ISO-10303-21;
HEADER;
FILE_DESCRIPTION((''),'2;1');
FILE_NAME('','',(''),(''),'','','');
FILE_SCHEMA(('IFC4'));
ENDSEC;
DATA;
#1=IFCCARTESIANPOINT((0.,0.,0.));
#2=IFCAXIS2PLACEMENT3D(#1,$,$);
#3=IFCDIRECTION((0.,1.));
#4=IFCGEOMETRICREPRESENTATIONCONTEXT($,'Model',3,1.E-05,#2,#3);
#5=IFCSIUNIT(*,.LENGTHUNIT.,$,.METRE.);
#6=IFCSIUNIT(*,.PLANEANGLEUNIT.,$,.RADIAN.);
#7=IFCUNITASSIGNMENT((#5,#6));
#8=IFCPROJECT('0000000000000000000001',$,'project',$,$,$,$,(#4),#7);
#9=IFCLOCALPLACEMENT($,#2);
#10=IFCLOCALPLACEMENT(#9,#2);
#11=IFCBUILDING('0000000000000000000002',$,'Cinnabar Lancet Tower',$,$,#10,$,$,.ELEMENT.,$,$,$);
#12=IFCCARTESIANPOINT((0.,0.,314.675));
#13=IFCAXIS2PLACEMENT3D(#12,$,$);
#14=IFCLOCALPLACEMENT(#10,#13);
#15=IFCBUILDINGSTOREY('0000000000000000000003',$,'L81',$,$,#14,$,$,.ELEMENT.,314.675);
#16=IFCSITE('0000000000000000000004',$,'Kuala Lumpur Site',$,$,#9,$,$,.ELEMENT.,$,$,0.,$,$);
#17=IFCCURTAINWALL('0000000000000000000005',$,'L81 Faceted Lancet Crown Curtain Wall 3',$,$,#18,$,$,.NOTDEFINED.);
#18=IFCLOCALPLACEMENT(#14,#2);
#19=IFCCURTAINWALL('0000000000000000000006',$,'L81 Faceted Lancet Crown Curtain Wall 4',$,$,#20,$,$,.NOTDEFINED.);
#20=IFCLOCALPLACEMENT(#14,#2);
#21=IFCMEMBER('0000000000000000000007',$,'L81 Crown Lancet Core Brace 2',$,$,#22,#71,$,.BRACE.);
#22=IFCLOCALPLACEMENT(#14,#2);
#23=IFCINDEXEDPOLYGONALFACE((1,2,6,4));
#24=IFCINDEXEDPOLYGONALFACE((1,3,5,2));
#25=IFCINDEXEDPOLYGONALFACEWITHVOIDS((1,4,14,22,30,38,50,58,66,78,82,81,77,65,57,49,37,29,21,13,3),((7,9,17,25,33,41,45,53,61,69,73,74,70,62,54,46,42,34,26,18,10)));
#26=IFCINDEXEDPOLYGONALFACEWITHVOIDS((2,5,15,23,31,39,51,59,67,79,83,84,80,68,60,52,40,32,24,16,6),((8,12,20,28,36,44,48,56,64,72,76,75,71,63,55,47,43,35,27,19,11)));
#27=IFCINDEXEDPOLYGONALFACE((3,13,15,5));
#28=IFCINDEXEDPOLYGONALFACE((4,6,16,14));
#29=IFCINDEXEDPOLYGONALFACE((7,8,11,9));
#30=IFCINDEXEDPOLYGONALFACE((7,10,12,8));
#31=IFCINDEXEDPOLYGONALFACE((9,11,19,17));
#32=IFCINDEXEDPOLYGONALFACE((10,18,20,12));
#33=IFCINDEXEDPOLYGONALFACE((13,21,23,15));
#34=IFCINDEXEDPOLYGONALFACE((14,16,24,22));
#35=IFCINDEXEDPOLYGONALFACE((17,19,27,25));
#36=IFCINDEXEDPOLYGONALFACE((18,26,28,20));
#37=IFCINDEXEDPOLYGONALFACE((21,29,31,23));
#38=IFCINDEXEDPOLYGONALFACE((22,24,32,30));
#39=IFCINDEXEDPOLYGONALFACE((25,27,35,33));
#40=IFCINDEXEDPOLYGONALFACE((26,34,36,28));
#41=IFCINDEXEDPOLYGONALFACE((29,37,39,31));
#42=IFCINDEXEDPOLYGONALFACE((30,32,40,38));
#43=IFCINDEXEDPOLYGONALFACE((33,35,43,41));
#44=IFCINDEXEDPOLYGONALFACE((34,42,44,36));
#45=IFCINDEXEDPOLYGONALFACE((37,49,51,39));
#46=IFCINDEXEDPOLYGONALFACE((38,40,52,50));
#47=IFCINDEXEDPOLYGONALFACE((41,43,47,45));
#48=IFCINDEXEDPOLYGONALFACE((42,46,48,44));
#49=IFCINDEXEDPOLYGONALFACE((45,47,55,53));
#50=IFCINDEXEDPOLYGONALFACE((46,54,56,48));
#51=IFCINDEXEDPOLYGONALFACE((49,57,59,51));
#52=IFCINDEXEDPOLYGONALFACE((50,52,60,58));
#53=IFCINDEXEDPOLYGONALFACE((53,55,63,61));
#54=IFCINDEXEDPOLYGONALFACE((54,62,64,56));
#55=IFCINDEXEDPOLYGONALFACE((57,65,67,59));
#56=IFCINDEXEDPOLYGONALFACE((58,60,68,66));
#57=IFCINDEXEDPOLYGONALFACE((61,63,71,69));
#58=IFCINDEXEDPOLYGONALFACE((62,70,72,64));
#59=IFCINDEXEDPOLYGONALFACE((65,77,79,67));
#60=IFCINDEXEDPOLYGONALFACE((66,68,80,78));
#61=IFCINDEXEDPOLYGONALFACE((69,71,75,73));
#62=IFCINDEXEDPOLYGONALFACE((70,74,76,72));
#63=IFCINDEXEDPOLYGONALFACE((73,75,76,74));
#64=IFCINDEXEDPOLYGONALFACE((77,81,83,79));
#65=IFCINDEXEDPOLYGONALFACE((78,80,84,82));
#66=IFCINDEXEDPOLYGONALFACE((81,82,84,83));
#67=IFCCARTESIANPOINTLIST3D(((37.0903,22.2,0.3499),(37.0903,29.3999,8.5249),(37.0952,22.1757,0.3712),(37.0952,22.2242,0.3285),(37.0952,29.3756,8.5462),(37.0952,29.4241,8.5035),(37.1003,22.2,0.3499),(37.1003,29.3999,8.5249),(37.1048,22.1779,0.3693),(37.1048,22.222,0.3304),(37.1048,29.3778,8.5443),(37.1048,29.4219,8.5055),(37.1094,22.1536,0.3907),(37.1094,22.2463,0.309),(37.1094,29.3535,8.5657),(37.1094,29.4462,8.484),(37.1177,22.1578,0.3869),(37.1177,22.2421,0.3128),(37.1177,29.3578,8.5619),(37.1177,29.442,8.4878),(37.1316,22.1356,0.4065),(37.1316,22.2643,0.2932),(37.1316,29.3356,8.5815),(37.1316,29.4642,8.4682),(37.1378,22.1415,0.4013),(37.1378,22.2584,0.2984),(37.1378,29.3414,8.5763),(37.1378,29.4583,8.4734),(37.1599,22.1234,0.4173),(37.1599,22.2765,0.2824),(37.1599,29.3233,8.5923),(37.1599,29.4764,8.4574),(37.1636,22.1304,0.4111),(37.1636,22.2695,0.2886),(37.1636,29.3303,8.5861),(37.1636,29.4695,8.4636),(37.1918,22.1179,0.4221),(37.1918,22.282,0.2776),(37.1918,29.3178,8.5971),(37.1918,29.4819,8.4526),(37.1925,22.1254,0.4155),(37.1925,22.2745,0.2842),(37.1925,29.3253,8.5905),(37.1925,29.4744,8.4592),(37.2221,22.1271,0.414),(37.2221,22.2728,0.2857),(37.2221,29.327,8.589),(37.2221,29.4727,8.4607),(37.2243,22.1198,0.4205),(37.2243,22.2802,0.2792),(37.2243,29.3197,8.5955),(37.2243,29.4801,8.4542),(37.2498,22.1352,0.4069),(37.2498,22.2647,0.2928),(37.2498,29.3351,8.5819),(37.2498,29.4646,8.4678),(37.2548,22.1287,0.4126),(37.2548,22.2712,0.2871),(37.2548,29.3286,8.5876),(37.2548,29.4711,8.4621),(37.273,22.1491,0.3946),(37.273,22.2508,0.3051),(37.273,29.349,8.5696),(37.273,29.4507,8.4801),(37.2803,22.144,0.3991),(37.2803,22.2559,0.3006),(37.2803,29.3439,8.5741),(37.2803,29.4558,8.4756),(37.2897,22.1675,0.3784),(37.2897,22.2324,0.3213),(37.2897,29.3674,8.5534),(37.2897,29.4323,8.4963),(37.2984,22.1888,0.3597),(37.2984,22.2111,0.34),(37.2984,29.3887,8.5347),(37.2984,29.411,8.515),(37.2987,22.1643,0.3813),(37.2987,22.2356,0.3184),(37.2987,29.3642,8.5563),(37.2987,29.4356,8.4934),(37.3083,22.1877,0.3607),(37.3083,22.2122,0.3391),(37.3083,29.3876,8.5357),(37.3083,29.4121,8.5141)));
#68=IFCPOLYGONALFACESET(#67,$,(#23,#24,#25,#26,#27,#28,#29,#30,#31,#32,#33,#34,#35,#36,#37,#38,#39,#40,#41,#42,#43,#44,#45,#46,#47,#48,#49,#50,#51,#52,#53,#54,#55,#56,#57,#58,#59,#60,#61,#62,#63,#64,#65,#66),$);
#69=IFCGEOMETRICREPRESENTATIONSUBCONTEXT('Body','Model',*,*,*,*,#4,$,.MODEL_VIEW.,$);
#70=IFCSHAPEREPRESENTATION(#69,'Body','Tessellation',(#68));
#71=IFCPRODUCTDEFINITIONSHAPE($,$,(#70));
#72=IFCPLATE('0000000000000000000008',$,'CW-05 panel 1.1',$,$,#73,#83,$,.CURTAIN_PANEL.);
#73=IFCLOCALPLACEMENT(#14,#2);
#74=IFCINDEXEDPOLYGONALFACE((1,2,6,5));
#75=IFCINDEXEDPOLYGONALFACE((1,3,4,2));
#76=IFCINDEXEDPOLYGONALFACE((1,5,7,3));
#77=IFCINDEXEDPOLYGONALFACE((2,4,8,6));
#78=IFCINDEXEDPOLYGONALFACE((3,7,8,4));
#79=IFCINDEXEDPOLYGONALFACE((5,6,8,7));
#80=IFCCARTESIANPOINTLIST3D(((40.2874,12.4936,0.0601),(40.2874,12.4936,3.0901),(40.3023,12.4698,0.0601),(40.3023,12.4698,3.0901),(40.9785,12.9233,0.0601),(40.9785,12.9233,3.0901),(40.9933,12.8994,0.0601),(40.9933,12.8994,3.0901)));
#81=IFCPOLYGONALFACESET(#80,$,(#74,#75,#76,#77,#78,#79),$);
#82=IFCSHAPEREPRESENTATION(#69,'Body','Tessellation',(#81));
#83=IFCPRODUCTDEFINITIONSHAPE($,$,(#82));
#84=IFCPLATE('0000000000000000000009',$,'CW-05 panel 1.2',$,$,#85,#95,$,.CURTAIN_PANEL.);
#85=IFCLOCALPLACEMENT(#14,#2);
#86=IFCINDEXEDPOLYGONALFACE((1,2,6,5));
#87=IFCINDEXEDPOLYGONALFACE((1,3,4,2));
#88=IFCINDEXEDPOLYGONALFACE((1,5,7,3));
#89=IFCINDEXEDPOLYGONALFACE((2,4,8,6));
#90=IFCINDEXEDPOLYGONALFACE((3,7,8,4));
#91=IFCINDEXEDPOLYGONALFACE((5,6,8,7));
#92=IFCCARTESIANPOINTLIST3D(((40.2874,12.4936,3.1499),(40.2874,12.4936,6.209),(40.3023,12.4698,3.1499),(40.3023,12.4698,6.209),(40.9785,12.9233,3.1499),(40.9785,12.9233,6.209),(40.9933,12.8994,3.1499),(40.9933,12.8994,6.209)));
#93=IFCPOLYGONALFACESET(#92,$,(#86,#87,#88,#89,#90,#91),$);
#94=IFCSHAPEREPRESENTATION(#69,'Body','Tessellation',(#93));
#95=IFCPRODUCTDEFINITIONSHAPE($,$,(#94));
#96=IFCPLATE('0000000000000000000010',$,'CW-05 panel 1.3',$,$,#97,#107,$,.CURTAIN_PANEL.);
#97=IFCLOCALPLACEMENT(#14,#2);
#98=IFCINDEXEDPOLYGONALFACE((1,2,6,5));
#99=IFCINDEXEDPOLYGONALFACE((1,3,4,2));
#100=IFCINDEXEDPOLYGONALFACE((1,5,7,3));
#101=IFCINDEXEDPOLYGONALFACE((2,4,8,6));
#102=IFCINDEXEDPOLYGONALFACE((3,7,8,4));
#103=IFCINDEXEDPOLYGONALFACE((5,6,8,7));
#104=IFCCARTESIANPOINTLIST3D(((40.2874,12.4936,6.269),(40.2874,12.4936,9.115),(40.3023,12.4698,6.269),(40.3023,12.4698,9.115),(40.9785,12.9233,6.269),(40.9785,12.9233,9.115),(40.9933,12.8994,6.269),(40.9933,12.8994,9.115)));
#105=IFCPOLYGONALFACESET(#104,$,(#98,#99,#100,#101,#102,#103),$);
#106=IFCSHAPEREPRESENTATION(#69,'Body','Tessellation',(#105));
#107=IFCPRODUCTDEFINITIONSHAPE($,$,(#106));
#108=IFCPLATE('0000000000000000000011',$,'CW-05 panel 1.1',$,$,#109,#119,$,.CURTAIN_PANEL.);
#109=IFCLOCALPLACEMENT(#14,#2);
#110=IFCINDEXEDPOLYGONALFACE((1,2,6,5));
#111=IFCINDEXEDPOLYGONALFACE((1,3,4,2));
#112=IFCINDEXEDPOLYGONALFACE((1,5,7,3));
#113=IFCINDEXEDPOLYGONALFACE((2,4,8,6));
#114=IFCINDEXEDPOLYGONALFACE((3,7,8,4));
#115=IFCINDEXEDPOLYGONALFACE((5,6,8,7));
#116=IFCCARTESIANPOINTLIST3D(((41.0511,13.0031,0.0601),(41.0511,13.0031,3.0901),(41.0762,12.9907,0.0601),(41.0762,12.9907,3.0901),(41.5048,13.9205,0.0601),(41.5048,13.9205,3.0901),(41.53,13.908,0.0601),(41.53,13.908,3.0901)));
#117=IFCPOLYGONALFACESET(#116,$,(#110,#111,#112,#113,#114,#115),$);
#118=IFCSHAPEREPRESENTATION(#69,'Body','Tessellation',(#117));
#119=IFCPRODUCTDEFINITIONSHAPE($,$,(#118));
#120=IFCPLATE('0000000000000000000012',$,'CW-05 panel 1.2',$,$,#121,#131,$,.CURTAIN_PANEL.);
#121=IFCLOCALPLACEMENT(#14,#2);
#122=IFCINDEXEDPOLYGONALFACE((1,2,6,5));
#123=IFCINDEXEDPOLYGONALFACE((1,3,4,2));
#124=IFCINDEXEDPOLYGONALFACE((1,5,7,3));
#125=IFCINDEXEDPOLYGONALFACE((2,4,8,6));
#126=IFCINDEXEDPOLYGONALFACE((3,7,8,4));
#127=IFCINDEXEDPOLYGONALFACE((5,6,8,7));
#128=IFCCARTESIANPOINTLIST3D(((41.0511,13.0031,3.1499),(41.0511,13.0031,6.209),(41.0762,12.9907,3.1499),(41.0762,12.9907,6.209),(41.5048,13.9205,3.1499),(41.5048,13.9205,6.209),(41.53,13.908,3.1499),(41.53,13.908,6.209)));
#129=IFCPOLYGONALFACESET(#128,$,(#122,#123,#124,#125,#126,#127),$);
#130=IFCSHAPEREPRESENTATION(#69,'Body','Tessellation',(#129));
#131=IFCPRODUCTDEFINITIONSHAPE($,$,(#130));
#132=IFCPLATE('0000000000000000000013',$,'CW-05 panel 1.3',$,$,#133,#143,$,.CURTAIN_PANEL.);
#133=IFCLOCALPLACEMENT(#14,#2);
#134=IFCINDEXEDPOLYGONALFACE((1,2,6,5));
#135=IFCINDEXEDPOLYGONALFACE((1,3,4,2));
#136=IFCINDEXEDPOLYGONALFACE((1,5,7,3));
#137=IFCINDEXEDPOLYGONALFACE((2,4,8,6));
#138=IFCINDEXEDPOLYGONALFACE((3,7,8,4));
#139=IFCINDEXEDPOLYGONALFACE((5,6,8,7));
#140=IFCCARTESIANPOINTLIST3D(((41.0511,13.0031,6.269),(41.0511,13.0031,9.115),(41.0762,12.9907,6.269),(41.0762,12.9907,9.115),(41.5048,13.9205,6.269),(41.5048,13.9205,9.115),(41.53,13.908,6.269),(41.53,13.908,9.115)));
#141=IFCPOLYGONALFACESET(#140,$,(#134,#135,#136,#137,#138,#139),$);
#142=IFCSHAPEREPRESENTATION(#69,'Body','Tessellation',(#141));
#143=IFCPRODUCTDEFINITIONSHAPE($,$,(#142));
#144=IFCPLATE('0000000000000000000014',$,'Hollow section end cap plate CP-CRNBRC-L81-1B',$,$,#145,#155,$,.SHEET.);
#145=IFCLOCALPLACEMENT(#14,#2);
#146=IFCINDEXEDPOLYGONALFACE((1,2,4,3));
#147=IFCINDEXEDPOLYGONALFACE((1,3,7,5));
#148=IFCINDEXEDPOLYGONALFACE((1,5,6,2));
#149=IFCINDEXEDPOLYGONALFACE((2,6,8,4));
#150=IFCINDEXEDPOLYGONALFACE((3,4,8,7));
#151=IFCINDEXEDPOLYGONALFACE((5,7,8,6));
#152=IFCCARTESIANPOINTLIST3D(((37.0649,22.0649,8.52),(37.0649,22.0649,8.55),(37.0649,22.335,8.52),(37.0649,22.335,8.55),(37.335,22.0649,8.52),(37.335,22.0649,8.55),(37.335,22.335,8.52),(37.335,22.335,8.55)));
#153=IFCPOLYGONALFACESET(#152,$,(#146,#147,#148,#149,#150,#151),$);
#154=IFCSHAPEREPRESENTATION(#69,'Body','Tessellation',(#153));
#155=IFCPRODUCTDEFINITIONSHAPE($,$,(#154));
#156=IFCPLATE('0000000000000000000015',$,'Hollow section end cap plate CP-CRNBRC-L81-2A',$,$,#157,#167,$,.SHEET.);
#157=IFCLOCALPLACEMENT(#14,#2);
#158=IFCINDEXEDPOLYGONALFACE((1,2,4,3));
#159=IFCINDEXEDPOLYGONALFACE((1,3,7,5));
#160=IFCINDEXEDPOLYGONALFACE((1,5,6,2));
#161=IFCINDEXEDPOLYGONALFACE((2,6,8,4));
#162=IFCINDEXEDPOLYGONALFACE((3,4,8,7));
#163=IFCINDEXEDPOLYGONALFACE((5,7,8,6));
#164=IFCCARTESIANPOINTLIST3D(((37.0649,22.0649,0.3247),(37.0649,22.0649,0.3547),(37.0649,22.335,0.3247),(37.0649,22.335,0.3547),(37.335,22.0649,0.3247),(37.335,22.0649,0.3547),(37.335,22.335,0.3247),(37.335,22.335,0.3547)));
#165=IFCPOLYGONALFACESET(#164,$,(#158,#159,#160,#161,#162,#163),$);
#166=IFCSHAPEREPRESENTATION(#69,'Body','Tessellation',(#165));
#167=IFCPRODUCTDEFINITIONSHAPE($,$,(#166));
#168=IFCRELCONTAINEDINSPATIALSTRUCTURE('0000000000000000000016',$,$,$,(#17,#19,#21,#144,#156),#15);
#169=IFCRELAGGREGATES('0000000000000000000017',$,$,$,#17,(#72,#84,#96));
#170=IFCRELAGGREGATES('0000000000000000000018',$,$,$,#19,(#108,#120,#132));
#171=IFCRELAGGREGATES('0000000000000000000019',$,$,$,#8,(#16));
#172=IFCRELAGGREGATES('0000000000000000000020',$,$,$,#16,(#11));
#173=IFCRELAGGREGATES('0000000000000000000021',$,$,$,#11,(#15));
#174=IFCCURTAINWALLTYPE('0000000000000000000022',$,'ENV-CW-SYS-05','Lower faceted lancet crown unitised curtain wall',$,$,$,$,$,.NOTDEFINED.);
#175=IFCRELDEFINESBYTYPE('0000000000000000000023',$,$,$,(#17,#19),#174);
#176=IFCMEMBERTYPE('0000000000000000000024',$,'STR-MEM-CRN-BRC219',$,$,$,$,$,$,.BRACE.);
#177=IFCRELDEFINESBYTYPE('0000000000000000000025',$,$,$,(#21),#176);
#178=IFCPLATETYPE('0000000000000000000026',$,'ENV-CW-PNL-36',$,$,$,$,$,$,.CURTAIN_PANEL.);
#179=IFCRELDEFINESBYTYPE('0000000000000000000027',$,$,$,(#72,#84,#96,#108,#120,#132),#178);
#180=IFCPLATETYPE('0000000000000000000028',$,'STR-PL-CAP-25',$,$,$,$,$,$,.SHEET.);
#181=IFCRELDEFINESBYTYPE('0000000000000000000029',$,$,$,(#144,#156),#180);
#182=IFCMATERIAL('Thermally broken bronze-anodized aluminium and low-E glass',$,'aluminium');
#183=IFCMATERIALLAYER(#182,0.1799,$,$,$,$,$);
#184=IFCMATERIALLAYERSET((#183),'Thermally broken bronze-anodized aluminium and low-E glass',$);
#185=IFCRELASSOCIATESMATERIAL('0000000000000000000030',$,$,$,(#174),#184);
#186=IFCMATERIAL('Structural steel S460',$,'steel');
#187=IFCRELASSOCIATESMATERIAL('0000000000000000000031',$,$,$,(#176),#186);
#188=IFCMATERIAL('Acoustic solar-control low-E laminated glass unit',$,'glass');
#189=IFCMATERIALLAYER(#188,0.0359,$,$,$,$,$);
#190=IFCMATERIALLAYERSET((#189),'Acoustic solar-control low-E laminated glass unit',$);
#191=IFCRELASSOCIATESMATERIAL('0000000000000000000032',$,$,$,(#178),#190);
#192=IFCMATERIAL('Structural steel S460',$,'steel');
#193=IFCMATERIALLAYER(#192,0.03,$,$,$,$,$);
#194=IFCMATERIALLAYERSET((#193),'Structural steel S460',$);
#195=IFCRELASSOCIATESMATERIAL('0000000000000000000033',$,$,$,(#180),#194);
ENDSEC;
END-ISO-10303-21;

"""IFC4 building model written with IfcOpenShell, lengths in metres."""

from ifc_helpers import new_model, si_unit, direction, frame, origin, origin_2d, place, context, subcontext, project, spatial, rectangle, hollow_circle, extrude, material, layer, layer_set, material_profile, profile_set, type_object, element, aggregate, save


model = new_model("IFC4")

# Units and contexts
model_context = context("Model", 3, precision=1e-05, world=origin(), true_north=direction((0.0, 1.0)))
body_context = subcontext(model_context, "Body", "Model", "MODEL_VIEW")
ifc_project = project(units=[si_unit("LENGTHUNIT", "METRE"), si_unit("PLANEANGLEUNIT", "RADIAN")], contexts=[model_context])

# Site, building, storey
site_placement = place(None, origin())
site = spatial("IfcSite", under=ifc_project, at=site_placement, Name="Kuala Lumpur Site", CompositionType="ELEMENT", RefElevation=0.0)
building_placement = place(site_placement, origin())
building = spatial("IfcBuilding", under=site, at=building_placement, Name="Cinnabar Lancet Tower", CompositionType="ELEMENT")
storey_placement = place(building_placement, frame((0.0, 0.0, 314.675)))
storey = spatial("IfcBuildingStorey", under=building, at=storey_placement, Name="L81", CompositionType="ELEMENT", Elevation=314.675)

# Curtain walls
ifc_material_1 = material(Name="Thermally broken bronze-anodized aluminium and low-E glass", Category="aluminium")
ifc_layer_1 = layer(ifc_material_1, 0.1799)
ifc_layer_set_1 = layer_set([ifc_layer_1], Name="Thermally broken bronze-anodized aluminium and low-E glass")
curtain_wall_type = type_object("IfcCurtainWallType", Name="ENV-CW-SYS-05", Description="Lower faceted lancet crown unitised curtain wall", PredefinedType="NOTDEFINED", material=ifc_layer_set_1)
curtain_wall_1_placement = place(storey_placement, origin())
curtain_wall_1 = element("IfcCurtainWall", 1, at=curtain_wall_1_placement, inside=storey, type_object=curtain_wall_type, Name="L81 Faceted Lancet Crown Curtain Wall 3", PredefinedType="NOTDEFINED")
curtain_wall_2_placement = place(storey_placement, origin())
curtain_wall_2 = element("IfcCurtainWall", 2, at=curtain_wall_2_placement, inside=storey, type_object=curtain_wall_type, Name="L81 Faceted Lancet Crown Curtain Wall 4", PredefinedType="NOTDEFINED")

# Member
ifc_material_2 = material(Name="Structural steel S460", Category="steel")
ifc_material_profile_1 = material_profile(ifc_material_2, hollow_circle(Radius=0.1096, WallThickness=0.01, at=origin_2d()), Name="CHS 219.1x10")
ifc_profile_set_1 = profile_set([ifc_material_profile_1], Name="Structural steel S460")
member_type_1 = type_object("IfcMemberType", Name="STR-MEM-CRN-BRC219", PredefinedType="BRACE", material=ifc_profile_set_1)
member_1_placement = place(storey_placement, frame((37.2, 22.2, 0.3499), z_axis=(0.0, 0.660933, 0.750444), x_axis=(-1.0, 0.0, 0.0)))
element("IfcMember", 3, at=member_1_placement, inside=storey, type_object=member_type_1, Name="L81 Crown Lancet Core Brace 2", PredefinedType="BRACE", context=body_context, shape_type="SweptSolid", body=[
    extrude(hollow_circle(Radius=0.1096, WallThickness=0.01, at=origin_2d()), origin(), (0.0, 0.0, 1.0), 10.8936),
])

# Plates
ifc_material_3 = material(Name="Acoustic solar-control low-E laminated glass unit", Category="glass")
ifc_layer_2 = layer(ifc_material_3, 0.0359)
ifc_layer_set_2 = layer_set([ifc_layer_2], Name="Acoustic solar-control low-E laminated glass unit")
plate_type_1 = type_object("IfcPlateType", Name="ENV-CW-PNL-36", PredefinedType="CURTAIN_PANEL", material=ifc_layer_set_2)
plate_1_placement = place(storey_placement, frame((40.6404, 12.6965, 0.0601), z_axis=(0.0, 0.0, 1.0), x_axis=(0.849259, 0.527976, 0.0)))
plate_1 = element("IfcPlate", 4, at=plate_1_placement, type_object=plate_type_1, Name="CW-05 panel 1.1", PredefinedType="CURTAIN_PANEL", context=body_context, shape_type="SweptSolid", body=[
    extrude(rectangle(XDim=0.8137, YDim=0.0281, at=origin_2d()), origin(), (0.0, 0.0, 1.0), 3.03),
])
plate_2_placement = place(storey_placement, frame((40.6404, 12.6965, 3.1499), z_axis=(0.0, 0.0, 1.0), x_axis=(0.849259, 0.527976, 0.0)))
plate_2 = element("IfcPlate", 5, at=plate_2_placement, type_object=plate_type_1, Name="CW-05 panel 1.2", PredefinedType="CURTAIN_PANEL", context=body_context, shape_type="SweptSolid", body=[
    extrude(rectangle(XDim=0.8137, YDim=0.0281, at=origin_2d()), origin(), (0.0, 0.0, 1.0), 3.0591),
])
plate_3_placement = place(storey_placement, frame((40.6404, 12.6965, 6.269), z_axis=(0.0, 0.0, 1.0), x_axis=(0.849259, 0.527976, 0.0)))
plate_3 = element("IfcPlate", 6, at=plate_3_placement, type_object=plate_type_1, Name="CW-05 panel 1.3", PredefinedType="CURTAIN_PANEL", context=body_context, shape_type="SweptSolid", body=[
    extrude(rectangle(XDim=0.8137, YDim=0.0281, at=origin_2d()), origin(), (0.0, 0.0, 1.0), 2.8459),
])
aggregate(curtain_wall_1, [plate_1, plate_2, plate_3])
plate_4_placement = place(storey_placement, frame((41.2905, 13.4556, 0.0601), z_axis=(0.0, 0.0, 1.0), x_axis=(0.443362, 0.896343, 0.0)))
plate_4 = element("IfcPlate", 7, at=plate_4_placement, type_object=plate_type_1, Name="CW-05 panel 1.1", PredefinedType="CURTAIN_PANEL", context=body_context, shape_type="SweptSolid", body=[
    extrude(rectangle(XDim=1.0234, YDim=0.0281, at=origin_2d()), origin(), (0.0, 0.0, 1.0), 3.03),
])
plate_5_placement = place(storey_placement, frame((41.2905, 13.4556, 3.1499), z_axis=(0.0, 0.0, 1.0), x_axis=(0.443362, 0.896343, 0.0)))
plate_5 = element("IfcPlate", 8, at=plate_5_placement, type_object=plate_type_1, Name="CW-05 panel 1.2", PredefinedType="CURTAIN_PANEL", context=body_context, shape_type="SweptSolid", body=[
    extrude(rectangle(XDim=1.0234, YDim=0.0281, at=origin_2d()), origin(), (0.0, 0.0, 1.0), 3.0591),
])
plate_6_placement = place(storey_placement, frame((41.2905, 13.4556, 6.269), z_axis=(0.0, 0.0, 1.0), x_axis=(0.443362, 0.896343, 0.0)))
plate_6 = element("IfcPlate", 9, at=plate_6_placement, type_object=plate_type_1, Name="CW-05 panel 1.3", PredefinedType="CURTAIN_PANEL", context=body_context, shape_type="SweptSolid", body=[
    extrude(rectangle(XDim=1.0234, YDim=0.0281, at=origin_2d()), origin(), (0.0, 0.0, 1.0), 2.8459),
])
aggregate(curtain_wall_2, [plate_4, plate_5, plate_6])

# Plates
ifc_material_4 = material(Name="Structural steel S460", Category="steel")
ifc_layer_3 = layer(ifc_material_4, 0.03)
ifc_layer_set_3 = layer_set([ifc_layer_3], Name="Structural steel S460")
plate_type_2 = type_object("IfcPlateType", Name="STR-PL-CAP-25", PredefinedType="SHEET", material=ifc_layer_set_3)
for number, where, z_axis, x_axis, name in (
    (10, (37.2, 22.2, 8.52), (0.0, 0.0, 1.0), (1.0, 0.0, 0.0), "Hollow section end cap plate CP-CRNBRC-L81-1B"),
    (11, (37.2, 22.2, 0.3247), (0.0, 0.0, 1.0), (0.0, -1.0, 0.0), "Hollow section end cap plate CP-CRNBRC-L81-2A"),
):
    element("IfcPlate", number, at=place(storey_placement, frame(where, z_axis=z_axis, x_axis=x_axis)), inside=storey, type_object=plate_type_2, Name=name, PredefinedType="SHEET", context=body_context, shape_type="SweptSolid", body=[
        extrude(rectangle(XDim=0.27, YDim=0.27, at=origin_2d()), origin(), (0.0, 0.0, 1.0), 0.03),
    ])

save(model, "model.ifc")
